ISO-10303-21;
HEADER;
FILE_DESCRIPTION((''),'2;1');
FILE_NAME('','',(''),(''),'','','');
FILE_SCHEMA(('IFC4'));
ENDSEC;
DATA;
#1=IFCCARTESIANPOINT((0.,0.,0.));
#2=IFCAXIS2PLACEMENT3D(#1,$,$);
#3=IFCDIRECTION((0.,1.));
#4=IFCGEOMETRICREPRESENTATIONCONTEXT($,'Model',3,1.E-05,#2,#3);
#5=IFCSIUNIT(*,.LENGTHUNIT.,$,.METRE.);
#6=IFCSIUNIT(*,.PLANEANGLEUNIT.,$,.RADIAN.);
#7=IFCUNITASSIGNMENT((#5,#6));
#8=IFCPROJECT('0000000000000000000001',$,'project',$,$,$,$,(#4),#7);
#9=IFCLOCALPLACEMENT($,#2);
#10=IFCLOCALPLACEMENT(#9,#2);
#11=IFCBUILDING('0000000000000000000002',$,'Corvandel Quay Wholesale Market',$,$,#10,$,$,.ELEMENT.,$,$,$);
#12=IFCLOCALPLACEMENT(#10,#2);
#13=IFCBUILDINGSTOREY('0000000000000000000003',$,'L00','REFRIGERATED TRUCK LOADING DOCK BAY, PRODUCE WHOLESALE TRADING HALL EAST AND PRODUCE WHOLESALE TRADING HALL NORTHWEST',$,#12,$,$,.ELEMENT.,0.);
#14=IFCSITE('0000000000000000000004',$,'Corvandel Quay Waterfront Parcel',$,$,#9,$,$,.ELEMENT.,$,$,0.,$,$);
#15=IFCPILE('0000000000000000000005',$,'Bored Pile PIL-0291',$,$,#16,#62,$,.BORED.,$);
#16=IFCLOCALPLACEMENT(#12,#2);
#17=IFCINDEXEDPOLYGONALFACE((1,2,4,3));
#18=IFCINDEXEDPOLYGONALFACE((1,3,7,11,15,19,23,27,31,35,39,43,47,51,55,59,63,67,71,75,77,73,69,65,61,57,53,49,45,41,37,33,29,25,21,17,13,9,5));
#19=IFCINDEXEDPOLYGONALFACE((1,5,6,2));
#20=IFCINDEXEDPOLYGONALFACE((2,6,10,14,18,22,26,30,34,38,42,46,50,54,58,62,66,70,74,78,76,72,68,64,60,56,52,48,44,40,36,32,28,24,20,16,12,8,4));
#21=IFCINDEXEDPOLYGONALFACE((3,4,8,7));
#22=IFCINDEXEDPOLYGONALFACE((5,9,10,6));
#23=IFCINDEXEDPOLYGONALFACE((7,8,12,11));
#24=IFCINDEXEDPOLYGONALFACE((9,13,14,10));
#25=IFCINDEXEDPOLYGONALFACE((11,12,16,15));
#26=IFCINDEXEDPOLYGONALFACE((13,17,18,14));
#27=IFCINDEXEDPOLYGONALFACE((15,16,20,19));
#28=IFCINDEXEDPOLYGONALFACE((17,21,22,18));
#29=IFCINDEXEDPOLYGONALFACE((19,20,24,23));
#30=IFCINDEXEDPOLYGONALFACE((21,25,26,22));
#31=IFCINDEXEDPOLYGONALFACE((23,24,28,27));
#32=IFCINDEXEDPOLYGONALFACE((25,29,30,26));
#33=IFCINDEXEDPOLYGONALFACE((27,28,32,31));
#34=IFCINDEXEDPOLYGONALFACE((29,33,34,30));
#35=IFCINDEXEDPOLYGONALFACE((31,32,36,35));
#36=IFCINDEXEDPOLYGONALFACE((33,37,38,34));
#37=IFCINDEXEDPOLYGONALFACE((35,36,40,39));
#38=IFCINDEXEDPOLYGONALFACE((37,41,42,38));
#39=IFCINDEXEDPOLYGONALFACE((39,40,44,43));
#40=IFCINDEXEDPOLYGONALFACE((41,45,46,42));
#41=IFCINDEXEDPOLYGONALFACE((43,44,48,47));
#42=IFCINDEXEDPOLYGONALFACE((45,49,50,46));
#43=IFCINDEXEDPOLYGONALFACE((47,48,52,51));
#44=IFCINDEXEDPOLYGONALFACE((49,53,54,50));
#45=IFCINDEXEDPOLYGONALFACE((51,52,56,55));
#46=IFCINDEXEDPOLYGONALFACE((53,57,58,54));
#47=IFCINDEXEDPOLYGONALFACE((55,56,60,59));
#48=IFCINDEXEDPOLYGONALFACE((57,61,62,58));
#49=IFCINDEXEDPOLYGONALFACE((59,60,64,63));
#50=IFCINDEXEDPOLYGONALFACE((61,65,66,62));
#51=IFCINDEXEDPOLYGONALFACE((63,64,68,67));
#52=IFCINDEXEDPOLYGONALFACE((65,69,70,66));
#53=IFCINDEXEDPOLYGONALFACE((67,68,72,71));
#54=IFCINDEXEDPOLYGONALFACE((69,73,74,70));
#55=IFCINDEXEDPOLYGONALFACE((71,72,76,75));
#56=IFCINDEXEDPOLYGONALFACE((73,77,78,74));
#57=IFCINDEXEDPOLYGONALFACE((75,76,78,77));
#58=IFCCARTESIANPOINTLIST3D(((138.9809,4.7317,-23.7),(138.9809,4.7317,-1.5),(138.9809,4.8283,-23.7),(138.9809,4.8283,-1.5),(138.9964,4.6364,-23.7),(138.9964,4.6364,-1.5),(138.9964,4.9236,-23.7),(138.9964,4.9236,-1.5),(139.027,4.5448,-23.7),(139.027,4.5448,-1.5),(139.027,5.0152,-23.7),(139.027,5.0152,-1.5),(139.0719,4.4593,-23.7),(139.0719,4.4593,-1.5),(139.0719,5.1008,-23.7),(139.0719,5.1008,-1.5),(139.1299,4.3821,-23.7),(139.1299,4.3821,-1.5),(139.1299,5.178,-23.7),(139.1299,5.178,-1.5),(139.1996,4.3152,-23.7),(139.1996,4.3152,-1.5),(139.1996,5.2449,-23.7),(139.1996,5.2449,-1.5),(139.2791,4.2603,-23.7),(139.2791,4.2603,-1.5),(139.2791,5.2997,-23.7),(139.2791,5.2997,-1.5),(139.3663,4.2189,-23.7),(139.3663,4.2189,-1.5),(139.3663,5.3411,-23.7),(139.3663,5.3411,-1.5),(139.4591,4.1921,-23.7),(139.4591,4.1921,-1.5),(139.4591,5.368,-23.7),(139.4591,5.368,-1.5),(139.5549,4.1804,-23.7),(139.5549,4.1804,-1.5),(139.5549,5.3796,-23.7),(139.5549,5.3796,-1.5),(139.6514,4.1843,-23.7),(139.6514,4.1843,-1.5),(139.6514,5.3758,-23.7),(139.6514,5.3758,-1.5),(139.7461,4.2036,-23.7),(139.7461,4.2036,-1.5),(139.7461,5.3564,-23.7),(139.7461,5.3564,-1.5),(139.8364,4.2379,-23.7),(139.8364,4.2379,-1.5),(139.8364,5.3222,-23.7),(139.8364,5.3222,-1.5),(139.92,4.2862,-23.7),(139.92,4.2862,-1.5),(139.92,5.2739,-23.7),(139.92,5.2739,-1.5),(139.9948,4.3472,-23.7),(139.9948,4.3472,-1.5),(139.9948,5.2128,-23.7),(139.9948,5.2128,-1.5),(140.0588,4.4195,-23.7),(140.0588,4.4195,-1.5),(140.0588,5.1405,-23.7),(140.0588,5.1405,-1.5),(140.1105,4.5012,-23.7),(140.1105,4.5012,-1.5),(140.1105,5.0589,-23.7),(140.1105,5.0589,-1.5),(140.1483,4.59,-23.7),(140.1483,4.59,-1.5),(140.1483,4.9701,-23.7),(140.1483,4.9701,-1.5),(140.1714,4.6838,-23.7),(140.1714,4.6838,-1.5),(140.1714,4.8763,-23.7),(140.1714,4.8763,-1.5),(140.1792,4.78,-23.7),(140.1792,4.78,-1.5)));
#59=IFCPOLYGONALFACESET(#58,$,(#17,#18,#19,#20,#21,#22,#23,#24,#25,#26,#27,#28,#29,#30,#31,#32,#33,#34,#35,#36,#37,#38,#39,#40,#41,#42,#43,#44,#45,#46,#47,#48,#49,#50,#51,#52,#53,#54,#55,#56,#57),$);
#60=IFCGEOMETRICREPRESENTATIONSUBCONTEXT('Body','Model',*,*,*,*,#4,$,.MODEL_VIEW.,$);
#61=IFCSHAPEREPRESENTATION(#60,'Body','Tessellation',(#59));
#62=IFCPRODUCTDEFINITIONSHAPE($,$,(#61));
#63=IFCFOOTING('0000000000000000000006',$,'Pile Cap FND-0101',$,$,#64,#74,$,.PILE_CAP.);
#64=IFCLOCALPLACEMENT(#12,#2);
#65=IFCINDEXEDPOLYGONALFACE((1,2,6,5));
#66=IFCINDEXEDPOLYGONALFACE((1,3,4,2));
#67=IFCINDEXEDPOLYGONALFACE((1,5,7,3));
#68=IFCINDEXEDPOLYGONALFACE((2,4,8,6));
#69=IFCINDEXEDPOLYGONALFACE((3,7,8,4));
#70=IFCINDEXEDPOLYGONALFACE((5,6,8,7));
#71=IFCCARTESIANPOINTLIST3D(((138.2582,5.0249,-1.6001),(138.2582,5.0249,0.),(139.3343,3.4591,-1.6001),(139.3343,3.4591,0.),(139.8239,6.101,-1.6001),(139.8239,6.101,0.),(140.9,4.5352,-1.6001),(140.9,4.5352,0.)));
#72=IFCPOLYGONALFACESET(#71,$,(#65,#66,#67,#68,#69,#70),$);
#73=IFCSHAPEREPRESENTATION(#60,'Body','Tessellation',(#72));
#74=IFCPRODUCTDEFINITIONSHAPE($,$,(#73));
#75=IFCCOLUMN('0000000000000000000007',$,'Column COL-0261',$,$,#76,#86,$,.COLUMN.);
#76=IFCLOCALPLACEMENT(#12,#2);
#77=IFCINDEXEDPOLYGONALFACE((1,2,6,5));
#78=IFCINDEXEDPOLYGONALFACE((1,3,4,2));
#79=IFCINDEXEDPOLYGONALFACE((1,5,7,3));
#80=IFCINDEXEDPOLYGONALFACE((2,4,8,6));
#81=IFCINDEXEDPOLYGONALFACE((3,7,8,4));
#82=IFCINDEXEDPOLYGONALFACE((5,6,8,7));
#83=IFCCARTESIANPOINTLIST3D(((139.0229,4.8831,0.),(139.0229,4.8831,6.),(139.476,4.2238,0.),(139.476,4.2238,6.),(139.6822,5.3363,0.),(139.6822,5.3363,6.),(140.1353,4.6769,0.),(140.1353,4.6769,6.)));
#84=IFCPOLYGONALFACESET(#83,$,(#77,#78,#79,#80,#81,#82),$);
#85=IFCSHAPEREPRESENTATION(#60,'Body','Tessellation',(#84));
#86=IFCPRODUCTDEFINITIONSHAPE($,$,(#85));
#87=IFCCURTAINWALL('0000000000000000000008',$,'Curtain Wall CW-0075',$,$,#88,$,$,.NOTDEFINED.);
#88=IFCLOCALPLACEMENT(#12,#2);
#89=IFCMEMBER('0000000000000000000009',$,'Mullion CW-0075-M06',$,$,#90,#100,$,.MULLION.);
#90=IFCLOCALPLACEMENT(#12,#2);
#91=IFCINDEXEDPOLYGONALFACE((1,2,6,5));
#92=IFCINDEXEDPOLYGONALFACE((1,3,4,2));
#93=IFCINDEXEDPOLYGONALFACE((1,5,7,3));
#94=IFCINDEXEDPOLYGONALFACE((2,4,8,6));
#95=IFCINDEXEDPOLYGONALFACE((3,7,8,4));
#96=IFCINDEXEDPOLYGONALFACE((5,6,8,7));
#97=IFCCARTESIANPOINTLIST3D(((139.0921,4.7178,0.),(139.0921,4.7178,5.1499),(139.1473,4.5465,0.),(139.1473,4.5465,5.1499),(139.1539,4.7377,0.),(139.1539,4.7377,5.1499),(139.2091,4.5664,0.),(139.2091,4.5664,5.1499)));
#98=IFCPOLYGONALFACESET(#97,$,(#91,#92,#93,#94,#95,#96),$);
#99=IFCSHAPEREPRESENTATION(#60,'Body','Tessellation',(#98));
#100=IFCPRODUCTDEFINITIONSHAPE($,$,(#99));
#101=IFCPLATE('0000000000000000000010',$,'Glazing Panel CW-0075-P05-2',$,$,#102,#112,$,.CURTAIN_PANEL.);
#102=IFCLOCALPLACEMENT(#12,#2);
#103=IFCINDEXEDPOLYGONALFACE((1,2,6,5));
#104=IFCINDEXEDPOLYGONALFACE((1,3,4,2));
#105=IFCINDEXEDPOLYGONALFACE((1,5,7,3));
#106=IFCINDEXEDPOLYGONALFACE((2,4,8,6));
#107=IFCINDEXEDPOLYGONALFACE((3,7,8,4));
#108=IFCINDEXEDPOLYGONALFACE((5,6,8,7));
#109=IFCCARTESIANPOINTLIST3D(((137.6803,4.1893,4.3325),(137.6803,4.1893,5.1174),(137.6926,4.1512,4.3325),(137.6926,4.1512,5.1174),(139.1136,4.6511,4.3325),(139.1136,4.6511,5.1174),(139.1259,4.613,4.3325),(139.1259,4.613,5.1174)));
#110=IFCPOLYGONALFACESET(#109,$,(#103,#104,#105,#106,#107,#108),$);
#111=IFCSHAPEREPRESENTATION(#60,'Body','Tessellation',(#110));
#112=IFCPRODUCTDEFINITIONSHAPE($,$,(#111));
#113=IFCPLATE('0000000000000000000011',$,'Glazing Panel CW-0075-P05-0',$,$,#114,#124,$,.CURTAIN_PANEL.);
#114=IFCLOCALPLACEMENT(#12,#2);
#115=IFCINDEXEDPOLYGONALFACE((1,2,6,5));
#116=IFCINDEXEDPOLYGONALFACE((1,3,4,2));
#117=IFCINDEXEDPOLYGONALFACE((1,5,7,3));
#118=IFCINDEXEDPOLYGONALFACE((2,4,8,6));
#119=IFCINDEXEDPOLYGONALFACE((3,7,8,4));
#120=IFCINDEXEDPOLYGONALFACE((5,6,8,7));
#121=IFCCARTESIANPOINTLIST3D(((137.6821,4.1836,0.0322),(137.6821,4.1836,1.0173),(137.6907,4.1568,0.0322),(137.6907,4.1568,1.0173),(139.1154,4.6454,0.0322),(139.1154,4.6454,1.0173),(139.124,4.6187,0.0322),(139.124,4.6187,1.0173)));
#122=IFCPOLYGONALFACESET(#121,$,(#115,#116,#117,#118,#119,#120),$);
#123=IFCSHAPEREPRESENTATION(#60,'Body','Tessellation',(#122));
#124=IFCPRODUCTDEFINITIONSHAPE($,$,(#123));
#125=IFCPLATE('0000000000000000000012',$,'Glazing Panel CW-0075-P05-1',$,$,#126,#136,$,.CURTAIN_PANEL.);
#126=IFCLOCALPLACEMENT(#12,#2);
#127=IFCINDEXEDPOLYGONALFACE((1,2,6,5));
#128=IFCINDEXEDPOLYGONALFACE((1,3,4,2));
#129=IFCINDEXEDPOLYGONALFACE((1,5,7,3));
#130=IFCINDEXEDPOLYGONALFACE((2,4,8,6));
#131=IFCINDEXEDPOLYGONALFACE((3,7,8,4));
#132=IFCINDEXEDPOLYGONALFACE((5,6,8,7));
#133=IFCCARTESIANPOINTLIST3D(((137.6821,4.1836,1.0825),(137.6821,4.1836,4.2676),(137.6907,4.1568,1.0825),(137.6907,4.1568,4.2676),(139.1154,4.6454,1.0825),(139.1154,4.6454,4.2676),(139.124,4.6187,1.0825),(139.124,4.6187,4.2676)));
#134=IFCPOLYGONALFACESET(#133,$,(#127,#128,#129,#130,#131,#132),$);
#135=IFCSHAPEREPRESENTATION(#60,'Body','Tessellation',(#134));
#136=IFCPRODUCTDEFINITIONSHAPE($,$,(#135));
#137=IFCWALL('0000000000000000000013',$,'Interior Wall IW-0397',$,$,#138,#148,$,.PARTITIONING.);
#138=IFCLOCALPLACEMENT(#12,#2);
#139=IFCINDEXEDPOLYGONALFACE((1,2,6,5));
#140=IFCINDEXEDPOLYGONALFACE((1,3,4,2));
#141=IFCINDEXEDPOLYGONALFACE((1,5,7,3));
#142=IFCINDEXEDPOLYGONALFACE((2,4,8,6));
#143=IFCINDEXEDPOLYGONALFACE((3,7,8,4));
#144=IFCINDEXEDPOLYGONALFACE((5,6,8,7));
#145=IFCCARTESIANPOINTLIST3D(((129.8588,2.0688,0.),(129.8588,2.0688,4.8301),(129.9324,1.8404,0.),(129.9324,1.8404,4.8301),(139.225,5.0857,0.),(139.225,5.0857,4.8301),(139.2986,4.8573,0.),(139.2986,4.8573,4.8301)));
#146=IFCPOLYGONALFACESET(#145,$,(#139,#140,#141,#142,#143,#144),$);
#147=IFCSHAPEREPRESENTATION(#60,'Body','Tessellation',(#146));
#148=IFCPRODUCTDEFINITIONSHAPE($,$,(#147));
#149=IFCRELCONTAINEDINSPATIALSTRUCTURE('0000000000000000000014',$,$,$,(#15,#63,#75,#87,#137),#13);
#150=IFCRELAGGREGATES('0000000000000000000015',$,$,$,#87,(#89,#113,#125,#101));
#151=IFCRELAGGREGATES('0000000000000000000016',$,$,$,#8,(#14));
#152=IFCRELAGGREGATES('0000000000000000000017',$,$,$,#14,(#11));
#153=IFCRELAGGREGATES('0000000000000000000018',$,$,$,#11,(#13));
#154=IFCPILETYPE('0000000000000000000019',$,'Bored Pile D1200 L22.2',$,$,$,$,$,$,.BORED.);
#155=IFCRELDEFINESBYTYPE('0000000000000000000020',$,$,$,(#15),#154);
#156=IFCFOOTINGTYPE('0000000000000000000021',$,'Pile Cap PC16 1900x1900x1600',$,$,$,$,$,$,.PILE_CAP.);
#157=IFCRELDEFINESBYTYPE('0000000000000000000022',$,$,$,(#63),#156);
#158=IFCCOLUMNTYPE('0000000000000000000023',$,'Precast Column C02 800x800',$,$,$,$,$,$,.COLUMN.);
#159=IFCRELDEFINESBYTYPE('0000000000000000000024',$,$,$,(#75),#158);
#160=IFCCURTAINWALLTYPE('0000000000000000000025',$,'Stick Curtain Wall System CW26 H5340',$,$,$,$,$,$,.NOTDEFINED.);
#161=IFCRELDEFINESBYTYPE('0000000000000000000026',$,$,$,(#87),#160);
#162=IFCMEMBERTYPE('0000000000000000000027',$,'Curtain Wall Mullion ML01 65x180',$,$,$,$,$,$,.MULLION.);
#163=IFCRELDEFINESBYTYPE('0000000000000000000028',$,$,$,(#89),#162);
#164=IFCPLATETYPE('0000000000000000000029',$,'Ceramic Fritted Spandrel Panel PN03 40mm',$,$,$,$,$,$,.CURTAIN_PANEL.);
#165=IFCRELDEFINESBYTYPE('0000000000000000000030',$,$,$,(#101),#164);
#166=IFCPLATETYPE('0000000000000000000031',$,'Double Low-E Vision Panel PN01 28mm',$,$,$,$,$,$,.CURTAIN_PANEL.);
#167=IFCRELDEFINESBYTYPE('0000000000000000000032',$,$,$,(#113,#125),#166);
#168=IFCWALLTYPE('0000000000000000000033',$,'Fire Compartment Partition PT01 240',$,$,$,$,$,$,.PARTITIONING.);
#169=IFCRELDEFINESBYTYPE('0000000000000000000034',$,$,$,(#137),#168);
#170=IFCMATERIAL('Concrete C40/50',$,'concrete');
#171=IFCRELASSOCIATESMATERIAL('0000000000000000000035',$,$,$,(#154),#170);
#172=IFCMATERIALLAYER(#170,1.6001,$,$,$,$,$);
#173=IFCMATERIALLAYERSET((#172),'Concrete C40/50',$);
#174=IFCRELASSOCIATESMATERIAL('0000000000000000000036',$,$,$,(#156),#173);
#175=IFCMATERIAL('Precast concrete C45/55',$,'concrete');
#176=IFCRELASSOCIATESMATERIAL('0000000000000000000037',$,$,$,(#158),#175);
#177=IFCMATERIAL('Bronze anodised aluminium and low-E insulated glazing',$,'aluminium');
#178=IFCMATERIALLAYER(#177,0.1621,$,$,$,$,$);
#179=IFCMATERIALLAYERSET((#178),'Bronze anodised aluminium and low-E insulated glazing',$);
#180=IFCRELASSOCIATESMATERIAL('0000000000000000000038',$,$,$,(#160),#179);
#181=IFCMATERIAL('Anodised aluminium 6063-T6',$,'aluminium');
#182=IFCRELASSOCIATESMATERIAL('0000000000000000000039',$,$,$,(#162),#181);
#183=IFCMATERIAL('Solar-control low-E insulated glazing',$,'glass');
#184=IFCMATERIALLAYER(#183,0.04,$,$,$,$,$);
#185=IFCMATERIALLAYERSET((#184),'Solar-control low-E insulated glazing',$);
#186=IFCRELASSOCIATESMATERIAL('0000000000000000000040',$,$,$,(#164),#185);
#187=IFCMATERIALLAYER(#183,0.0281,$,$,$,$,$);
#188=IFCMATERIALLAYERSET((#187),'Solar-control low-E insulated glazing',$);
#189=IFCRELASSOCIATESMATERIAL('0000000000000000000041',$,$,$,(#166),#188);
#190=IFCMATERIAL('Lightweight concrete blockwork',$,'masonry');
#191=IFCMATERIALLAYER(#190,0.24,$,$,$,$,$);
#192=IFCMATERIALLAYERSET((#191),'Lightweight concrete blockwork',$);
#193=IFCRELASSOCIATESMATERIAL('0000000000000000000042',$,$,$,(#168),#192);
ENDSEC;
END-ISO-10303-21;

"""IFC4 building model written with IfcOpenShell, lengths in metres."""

from ifc_helpers import new_model, si_unit, direction, frame, frame_2d, origin, origin_2d, place, context, subcontext, project, spatial, rectangle, circle, extrude, material, layer, layer_set, material_profile, profile_set, type_object, element, aggregate, save


model = new_model("IFC4")

# Units and contexts
model_context = context("Model", 3, precision=1e-05, world=origin(), true_north=direction((0.0, 1.0)))
body_context = subcontext(model_context, "Body", "Model", "MODEL_VIEW")
ifc_project = project(units=[si_unit("LENGTHUNIT", "METRE"), si_unit("PLANEANGLEUNIT", "RADIAN")], contexts=[model_context])

# Site, building, storey
site_placement = place(None, origin())
site = spatial("IfcSite", under=ifc_project, at=site_placement, Name="Corvandel Quay Waterfront Parcel", CompositionType="ELEMENT", RefElevation=0.0)
building_placement = place(site_placement, origin())
building = spatial("IfcBuilding", under=site, at=building_placement, Name="Corvandel Quay Wholesale Market", CompositionType="ELEMENT")
storey_placement = place(building_placement, origin())
storey = spatial("IfcBuildingStorey", under=building, at=storey_placement, Name="L00", Description="REFRIGERATED TRUCK LOADING DOCK BAY, PRODUCE WHOLESALE TRADING HALL EAST AND PRODUCE WHOLESALE TRADING HALL NORTHWEST", CompositionType="ELEMENT", Elevation=0.0)

# Pile
ifc_material_1 = material(Name="Concrete C40/50", Category="concrete")
ifc_material_profile_1 = material_profile(ifc_material_1, circle(Radius=0.6001, at=origin_2d()), Name="RC-PILE-D1200")
ifc_profile_set_1 = profile_set([ifc_material_profile_1], Name="Concrete C40/50")
pile_type = type_object("IfcPileType", Name="Bored Pile D1200 L22.2", PredefinedType="BORED", material=ifc_profile_set_1)
pile_placement = place(storey_placement, frame((139.5791, 4.78, -1.5), z_axis=(0.0, 0.0, -1.0), x_axis=(1.0, 0.0, 0.0)))
element("IfcPile", 1, at=pile_placement, inside=storey, type_object=pile_type, Name="Bored Pile PIL-0291", PredefinedType="BORED", context=body_context, shape_type="SweptSolid", body=[
    extrude(circle(Radius=0.6001, at=origin_2d()), origin(), (0.0, 0.0, 1.0), 22.2),
])

# Footing
ifc_layer_1 = layer(ifc_material_1, 1.6001)
ifc_layer_set_1 = layer_set([ifc_layer_1], Name="Concrete C40/50")
footing_type = type_object("IfcFootingType", Name="Pile Cap PC16 1900x1900x1600", PredefinedType="PILE_CAP", material=ifc_layer_set_1)
footing_placement = place(storey_placement, frame((139.5791, 4.78, -1.6001), z_axis=(0.0, 0.0, 1.0), x_axis=(0.824126, 0.566406, 0.0)))
element("IfcFooting", 2, at=footing_placement, inside=storey, type_object=footing_type, Name="Pile Cap FND-0101", PredefinedType="PILE_CAP", context=body_context, shape_type="SweptSolid", body=[
    extrude(rectangle(XDim=1.8999, YDim=1.8999, at=origin_2d()), origin(), (0.0, 0.0, 1.0), 1.6001),
])

# Column
ifc_material_2 = material(Name="Precast concrete C45/55", Category="concrete")
ifc_material_profile_2 = material_profile(ifc_material_2, rectangle(XDim=0.8, YDim=0.8, at=origin_2d()), Name="PC-COL-800x800")
ifc_profile_set_2 = profile_set([ifc_material_profile_2], Name="Precast concrete C45/55")
column_type = type_object("IfcColumnType", Name="Precast Column C02 800x800", PredefinedType="COLUMN", material=ifc_profile_set_2)
column_placement = place(storey_placement, frame((139.5791, 4.78, 0.0), z_axis=(0.0, 0.0, 1.0), x_axis=(0.824126, 0.566406, 0.0)))
element("IfcColumn", 3, at=column_placement, inside=storey, type_object=column_type, Name="Column COL-0261", PredefinedType="COLUMN", context=body_context, shape_type="SweptSolid", body=[
    extrude(rectangle(XDim=0.8, YDim=0.8, at=origin_2d()), origin(), (0.0, 0.0, 1.0), 6.0),
])

# Curtain wall, member, plates
ifc_material_3 = material(Name="Bronze anodised aluminium and low-E insulated glazing", Category="aluminium")
ifc_layer_2 = layer(ifc_material_3, 0.1621)
ifc_layer_set_2 = layer_set([ifc_layer_2], Name="Bronze anodised aluminium and low-E insulated glazing")
curtain_wall_type = type_object("IfcCurtainWallType", Name="Stick Curtain Wall System CW26 H5340", PredefinedType="NOTDEFINED", material=ifc_layer_set_2)
curtain_wall_placement = place(storey_placement, origin())
curtain_wall = element("IfcCurtainWall", 4, at=curtain_wall_placement, inside=storey, type_object=curtain_wall_type, Name="Curtain Wall CW-0075", PredefinedType="NOTDEFINED")
ifc_material_4 = material(Name="Anodised aluminium 6063-T6", Category="aluminium")
ifc_material_profile_3 = material_profile(ifc_material_4, rectangle(XDim=0.0649, YDim=0.1799, at=origin_2d()), Name="ALU-MUL-65x180")
ifc_profile_set_3 = profile_set([ifc_material_profile_3], Name="Anodised aluminium 6063-T6")
member_type = type_object("IfcMemberType", Name="Curtain Wall Mullion ML01 65x180", PredefinedType="MULLION", material=ifc_profile_set_3)
member_placement = place(storey_placement, frame((139.1506, 4.6421, 0.0), z_axis=(0.0, 0.0, 1.0), x_axis=(0.951809, 0.306692, 0.0)))
member = element("IfcMember", 5, at=member_placement, type_object=member_type, Name="Mullion CW-0075-M06", PredefinedType="MULLION", context=body_context, shape_type="SweptSolid", body=[
    extrude(rectangle(XDim=0.0649, YDim=0.1799, at=origin_2d()), origin(), (0.0, 0.0, 1.0), 5.1499),
])
ifc_material_5 = material(Name="Solar-control low-E insulated glazing", Category="glass")
ifc_layer_3 = layer(ifc_material_5, 0.04)
ifc_layer_set_3 = layer_set([ifc_layer_3], Name="Solar-control low-E insulated glazing")
plate_type_1 = type_object("IfcPlateType", Name="Ceramic Fritted Spandrel Panel PN03 40mm", PredefinedType="CURTAIN_PANEL", material=ifc_layer_set_3)
plate_1_placement = place(storey_placement, frame((138.4031, 4.4011, 4.3325), z_axis=(0.0, 0.0, 1.0), x_axis=(0.951809, 0.306692, 0.0)))
plate_1 = element("IfcPlate", 6, at=plate_1_placement, type_object=plate_type_1, Name="Glazing Panel CW-0075-P05-2", PredefinedType="CURTAIN_PANEL", context=body_context, shape_type="SweptSolid", body=[
    extrude(rectangle(XDim=1.5059, YDim=0.04, at=origin_2d()), origin(), (0.0, 0.0, 1.0), 0.7849),
])
ifc_layer_4 = layer(ifc_material_5, 0.0281)
ifc_layer_set_4 = layer_set([ifc_layer_4], Name="Solar-control low-E insulated glazing")
plate_type_2 = type_object("IfcPlateType", Name="Double Low-E Vision Panel PN01 28mm", PredefinedType="CURTAIN_PANEL", material=ifc_layer_set_4)
plate_2_placement = place(storey_placement, frame((138.4031, 4.4011, 0.0322), z_axis=(0.0, 0.0, 1.0), x_axis=(0.951809, 0.306692, 0.0)))
plate_2 = element("IfcPlate", 7, at=plate_2_placement, type_object=plate_type_2, Name="Glazing Panel CW-0075-P05-0", PredefinedType="CURTAIN_PANEL", context=body_context, shape_type="SweptSolid", body=[
    extrude(rectangle(XDim=1.5059, YDim=0.0281, at=origin_2d()), origin(), (0.0, 0.0, 1.0), 0.9851),
])
plate_3_placement = place(storey_placement, frame((138.4031, 4.4011, 1.0825), z_axis=(0.0, 0.0, 1.0), x_axis=(0.951809, 0.306692, 0.0)))
plate_3 = element("IfcPlate", 8, at=plate_3_placement, type_object=plate_type_2, Name="Glazing Panel CW-0075-P05-1", PredefinedType="CURTAIN_PANEL", context=body_context, shape_type="SweptSolid", body=[
    extrude(rectangle(XDim=1.5059, YDim=0.0281, at=origin_2d()), origin(), (0.0, 0.0, 1.0), 3.1851),
])
aggregate(curtain_wall, [member, plate_2, plate_3, plate_1])

# Wall
ifc_material_6 = material(Name="Lightweight concrete blockwork", Category="masonry")
ifc_layer_5 = layer(ifc_material_6, 0.24)
ifc_layer_set_5 = layer_set([ifc_layer_5], Name="Lightweight concrete blockwork")
wall_type_1 = type_object("IfcWallType", Name="Fire Compartment Partition PT01 240", PredefinedType="PARTITIONING", material=ifc_layer_set_5)
wall_1_placement = place(storey_placement, frame((139.2617, 4.9714, 0.0), z_axis=(0.0, 0.0, 1.0), x_axis=(-0.951843, -0.306587, 0.0)))
element("IfcWall", 9, at=wall_1_placement, inside=storey, type_object=wall_type_1, Name="Interior Wall IW-0397", PredefinedType="PARTITIONING", context=body_context, shape_type="SweptSolid", body=[
    extrude(rectangle(XDim=9.8401, YDim=0.24, at=frame_2d((4.9199, 0.0))), origin(), (0.0, 0.0, 1.0), 4.8301),
])

save(model, "model.ifc")
